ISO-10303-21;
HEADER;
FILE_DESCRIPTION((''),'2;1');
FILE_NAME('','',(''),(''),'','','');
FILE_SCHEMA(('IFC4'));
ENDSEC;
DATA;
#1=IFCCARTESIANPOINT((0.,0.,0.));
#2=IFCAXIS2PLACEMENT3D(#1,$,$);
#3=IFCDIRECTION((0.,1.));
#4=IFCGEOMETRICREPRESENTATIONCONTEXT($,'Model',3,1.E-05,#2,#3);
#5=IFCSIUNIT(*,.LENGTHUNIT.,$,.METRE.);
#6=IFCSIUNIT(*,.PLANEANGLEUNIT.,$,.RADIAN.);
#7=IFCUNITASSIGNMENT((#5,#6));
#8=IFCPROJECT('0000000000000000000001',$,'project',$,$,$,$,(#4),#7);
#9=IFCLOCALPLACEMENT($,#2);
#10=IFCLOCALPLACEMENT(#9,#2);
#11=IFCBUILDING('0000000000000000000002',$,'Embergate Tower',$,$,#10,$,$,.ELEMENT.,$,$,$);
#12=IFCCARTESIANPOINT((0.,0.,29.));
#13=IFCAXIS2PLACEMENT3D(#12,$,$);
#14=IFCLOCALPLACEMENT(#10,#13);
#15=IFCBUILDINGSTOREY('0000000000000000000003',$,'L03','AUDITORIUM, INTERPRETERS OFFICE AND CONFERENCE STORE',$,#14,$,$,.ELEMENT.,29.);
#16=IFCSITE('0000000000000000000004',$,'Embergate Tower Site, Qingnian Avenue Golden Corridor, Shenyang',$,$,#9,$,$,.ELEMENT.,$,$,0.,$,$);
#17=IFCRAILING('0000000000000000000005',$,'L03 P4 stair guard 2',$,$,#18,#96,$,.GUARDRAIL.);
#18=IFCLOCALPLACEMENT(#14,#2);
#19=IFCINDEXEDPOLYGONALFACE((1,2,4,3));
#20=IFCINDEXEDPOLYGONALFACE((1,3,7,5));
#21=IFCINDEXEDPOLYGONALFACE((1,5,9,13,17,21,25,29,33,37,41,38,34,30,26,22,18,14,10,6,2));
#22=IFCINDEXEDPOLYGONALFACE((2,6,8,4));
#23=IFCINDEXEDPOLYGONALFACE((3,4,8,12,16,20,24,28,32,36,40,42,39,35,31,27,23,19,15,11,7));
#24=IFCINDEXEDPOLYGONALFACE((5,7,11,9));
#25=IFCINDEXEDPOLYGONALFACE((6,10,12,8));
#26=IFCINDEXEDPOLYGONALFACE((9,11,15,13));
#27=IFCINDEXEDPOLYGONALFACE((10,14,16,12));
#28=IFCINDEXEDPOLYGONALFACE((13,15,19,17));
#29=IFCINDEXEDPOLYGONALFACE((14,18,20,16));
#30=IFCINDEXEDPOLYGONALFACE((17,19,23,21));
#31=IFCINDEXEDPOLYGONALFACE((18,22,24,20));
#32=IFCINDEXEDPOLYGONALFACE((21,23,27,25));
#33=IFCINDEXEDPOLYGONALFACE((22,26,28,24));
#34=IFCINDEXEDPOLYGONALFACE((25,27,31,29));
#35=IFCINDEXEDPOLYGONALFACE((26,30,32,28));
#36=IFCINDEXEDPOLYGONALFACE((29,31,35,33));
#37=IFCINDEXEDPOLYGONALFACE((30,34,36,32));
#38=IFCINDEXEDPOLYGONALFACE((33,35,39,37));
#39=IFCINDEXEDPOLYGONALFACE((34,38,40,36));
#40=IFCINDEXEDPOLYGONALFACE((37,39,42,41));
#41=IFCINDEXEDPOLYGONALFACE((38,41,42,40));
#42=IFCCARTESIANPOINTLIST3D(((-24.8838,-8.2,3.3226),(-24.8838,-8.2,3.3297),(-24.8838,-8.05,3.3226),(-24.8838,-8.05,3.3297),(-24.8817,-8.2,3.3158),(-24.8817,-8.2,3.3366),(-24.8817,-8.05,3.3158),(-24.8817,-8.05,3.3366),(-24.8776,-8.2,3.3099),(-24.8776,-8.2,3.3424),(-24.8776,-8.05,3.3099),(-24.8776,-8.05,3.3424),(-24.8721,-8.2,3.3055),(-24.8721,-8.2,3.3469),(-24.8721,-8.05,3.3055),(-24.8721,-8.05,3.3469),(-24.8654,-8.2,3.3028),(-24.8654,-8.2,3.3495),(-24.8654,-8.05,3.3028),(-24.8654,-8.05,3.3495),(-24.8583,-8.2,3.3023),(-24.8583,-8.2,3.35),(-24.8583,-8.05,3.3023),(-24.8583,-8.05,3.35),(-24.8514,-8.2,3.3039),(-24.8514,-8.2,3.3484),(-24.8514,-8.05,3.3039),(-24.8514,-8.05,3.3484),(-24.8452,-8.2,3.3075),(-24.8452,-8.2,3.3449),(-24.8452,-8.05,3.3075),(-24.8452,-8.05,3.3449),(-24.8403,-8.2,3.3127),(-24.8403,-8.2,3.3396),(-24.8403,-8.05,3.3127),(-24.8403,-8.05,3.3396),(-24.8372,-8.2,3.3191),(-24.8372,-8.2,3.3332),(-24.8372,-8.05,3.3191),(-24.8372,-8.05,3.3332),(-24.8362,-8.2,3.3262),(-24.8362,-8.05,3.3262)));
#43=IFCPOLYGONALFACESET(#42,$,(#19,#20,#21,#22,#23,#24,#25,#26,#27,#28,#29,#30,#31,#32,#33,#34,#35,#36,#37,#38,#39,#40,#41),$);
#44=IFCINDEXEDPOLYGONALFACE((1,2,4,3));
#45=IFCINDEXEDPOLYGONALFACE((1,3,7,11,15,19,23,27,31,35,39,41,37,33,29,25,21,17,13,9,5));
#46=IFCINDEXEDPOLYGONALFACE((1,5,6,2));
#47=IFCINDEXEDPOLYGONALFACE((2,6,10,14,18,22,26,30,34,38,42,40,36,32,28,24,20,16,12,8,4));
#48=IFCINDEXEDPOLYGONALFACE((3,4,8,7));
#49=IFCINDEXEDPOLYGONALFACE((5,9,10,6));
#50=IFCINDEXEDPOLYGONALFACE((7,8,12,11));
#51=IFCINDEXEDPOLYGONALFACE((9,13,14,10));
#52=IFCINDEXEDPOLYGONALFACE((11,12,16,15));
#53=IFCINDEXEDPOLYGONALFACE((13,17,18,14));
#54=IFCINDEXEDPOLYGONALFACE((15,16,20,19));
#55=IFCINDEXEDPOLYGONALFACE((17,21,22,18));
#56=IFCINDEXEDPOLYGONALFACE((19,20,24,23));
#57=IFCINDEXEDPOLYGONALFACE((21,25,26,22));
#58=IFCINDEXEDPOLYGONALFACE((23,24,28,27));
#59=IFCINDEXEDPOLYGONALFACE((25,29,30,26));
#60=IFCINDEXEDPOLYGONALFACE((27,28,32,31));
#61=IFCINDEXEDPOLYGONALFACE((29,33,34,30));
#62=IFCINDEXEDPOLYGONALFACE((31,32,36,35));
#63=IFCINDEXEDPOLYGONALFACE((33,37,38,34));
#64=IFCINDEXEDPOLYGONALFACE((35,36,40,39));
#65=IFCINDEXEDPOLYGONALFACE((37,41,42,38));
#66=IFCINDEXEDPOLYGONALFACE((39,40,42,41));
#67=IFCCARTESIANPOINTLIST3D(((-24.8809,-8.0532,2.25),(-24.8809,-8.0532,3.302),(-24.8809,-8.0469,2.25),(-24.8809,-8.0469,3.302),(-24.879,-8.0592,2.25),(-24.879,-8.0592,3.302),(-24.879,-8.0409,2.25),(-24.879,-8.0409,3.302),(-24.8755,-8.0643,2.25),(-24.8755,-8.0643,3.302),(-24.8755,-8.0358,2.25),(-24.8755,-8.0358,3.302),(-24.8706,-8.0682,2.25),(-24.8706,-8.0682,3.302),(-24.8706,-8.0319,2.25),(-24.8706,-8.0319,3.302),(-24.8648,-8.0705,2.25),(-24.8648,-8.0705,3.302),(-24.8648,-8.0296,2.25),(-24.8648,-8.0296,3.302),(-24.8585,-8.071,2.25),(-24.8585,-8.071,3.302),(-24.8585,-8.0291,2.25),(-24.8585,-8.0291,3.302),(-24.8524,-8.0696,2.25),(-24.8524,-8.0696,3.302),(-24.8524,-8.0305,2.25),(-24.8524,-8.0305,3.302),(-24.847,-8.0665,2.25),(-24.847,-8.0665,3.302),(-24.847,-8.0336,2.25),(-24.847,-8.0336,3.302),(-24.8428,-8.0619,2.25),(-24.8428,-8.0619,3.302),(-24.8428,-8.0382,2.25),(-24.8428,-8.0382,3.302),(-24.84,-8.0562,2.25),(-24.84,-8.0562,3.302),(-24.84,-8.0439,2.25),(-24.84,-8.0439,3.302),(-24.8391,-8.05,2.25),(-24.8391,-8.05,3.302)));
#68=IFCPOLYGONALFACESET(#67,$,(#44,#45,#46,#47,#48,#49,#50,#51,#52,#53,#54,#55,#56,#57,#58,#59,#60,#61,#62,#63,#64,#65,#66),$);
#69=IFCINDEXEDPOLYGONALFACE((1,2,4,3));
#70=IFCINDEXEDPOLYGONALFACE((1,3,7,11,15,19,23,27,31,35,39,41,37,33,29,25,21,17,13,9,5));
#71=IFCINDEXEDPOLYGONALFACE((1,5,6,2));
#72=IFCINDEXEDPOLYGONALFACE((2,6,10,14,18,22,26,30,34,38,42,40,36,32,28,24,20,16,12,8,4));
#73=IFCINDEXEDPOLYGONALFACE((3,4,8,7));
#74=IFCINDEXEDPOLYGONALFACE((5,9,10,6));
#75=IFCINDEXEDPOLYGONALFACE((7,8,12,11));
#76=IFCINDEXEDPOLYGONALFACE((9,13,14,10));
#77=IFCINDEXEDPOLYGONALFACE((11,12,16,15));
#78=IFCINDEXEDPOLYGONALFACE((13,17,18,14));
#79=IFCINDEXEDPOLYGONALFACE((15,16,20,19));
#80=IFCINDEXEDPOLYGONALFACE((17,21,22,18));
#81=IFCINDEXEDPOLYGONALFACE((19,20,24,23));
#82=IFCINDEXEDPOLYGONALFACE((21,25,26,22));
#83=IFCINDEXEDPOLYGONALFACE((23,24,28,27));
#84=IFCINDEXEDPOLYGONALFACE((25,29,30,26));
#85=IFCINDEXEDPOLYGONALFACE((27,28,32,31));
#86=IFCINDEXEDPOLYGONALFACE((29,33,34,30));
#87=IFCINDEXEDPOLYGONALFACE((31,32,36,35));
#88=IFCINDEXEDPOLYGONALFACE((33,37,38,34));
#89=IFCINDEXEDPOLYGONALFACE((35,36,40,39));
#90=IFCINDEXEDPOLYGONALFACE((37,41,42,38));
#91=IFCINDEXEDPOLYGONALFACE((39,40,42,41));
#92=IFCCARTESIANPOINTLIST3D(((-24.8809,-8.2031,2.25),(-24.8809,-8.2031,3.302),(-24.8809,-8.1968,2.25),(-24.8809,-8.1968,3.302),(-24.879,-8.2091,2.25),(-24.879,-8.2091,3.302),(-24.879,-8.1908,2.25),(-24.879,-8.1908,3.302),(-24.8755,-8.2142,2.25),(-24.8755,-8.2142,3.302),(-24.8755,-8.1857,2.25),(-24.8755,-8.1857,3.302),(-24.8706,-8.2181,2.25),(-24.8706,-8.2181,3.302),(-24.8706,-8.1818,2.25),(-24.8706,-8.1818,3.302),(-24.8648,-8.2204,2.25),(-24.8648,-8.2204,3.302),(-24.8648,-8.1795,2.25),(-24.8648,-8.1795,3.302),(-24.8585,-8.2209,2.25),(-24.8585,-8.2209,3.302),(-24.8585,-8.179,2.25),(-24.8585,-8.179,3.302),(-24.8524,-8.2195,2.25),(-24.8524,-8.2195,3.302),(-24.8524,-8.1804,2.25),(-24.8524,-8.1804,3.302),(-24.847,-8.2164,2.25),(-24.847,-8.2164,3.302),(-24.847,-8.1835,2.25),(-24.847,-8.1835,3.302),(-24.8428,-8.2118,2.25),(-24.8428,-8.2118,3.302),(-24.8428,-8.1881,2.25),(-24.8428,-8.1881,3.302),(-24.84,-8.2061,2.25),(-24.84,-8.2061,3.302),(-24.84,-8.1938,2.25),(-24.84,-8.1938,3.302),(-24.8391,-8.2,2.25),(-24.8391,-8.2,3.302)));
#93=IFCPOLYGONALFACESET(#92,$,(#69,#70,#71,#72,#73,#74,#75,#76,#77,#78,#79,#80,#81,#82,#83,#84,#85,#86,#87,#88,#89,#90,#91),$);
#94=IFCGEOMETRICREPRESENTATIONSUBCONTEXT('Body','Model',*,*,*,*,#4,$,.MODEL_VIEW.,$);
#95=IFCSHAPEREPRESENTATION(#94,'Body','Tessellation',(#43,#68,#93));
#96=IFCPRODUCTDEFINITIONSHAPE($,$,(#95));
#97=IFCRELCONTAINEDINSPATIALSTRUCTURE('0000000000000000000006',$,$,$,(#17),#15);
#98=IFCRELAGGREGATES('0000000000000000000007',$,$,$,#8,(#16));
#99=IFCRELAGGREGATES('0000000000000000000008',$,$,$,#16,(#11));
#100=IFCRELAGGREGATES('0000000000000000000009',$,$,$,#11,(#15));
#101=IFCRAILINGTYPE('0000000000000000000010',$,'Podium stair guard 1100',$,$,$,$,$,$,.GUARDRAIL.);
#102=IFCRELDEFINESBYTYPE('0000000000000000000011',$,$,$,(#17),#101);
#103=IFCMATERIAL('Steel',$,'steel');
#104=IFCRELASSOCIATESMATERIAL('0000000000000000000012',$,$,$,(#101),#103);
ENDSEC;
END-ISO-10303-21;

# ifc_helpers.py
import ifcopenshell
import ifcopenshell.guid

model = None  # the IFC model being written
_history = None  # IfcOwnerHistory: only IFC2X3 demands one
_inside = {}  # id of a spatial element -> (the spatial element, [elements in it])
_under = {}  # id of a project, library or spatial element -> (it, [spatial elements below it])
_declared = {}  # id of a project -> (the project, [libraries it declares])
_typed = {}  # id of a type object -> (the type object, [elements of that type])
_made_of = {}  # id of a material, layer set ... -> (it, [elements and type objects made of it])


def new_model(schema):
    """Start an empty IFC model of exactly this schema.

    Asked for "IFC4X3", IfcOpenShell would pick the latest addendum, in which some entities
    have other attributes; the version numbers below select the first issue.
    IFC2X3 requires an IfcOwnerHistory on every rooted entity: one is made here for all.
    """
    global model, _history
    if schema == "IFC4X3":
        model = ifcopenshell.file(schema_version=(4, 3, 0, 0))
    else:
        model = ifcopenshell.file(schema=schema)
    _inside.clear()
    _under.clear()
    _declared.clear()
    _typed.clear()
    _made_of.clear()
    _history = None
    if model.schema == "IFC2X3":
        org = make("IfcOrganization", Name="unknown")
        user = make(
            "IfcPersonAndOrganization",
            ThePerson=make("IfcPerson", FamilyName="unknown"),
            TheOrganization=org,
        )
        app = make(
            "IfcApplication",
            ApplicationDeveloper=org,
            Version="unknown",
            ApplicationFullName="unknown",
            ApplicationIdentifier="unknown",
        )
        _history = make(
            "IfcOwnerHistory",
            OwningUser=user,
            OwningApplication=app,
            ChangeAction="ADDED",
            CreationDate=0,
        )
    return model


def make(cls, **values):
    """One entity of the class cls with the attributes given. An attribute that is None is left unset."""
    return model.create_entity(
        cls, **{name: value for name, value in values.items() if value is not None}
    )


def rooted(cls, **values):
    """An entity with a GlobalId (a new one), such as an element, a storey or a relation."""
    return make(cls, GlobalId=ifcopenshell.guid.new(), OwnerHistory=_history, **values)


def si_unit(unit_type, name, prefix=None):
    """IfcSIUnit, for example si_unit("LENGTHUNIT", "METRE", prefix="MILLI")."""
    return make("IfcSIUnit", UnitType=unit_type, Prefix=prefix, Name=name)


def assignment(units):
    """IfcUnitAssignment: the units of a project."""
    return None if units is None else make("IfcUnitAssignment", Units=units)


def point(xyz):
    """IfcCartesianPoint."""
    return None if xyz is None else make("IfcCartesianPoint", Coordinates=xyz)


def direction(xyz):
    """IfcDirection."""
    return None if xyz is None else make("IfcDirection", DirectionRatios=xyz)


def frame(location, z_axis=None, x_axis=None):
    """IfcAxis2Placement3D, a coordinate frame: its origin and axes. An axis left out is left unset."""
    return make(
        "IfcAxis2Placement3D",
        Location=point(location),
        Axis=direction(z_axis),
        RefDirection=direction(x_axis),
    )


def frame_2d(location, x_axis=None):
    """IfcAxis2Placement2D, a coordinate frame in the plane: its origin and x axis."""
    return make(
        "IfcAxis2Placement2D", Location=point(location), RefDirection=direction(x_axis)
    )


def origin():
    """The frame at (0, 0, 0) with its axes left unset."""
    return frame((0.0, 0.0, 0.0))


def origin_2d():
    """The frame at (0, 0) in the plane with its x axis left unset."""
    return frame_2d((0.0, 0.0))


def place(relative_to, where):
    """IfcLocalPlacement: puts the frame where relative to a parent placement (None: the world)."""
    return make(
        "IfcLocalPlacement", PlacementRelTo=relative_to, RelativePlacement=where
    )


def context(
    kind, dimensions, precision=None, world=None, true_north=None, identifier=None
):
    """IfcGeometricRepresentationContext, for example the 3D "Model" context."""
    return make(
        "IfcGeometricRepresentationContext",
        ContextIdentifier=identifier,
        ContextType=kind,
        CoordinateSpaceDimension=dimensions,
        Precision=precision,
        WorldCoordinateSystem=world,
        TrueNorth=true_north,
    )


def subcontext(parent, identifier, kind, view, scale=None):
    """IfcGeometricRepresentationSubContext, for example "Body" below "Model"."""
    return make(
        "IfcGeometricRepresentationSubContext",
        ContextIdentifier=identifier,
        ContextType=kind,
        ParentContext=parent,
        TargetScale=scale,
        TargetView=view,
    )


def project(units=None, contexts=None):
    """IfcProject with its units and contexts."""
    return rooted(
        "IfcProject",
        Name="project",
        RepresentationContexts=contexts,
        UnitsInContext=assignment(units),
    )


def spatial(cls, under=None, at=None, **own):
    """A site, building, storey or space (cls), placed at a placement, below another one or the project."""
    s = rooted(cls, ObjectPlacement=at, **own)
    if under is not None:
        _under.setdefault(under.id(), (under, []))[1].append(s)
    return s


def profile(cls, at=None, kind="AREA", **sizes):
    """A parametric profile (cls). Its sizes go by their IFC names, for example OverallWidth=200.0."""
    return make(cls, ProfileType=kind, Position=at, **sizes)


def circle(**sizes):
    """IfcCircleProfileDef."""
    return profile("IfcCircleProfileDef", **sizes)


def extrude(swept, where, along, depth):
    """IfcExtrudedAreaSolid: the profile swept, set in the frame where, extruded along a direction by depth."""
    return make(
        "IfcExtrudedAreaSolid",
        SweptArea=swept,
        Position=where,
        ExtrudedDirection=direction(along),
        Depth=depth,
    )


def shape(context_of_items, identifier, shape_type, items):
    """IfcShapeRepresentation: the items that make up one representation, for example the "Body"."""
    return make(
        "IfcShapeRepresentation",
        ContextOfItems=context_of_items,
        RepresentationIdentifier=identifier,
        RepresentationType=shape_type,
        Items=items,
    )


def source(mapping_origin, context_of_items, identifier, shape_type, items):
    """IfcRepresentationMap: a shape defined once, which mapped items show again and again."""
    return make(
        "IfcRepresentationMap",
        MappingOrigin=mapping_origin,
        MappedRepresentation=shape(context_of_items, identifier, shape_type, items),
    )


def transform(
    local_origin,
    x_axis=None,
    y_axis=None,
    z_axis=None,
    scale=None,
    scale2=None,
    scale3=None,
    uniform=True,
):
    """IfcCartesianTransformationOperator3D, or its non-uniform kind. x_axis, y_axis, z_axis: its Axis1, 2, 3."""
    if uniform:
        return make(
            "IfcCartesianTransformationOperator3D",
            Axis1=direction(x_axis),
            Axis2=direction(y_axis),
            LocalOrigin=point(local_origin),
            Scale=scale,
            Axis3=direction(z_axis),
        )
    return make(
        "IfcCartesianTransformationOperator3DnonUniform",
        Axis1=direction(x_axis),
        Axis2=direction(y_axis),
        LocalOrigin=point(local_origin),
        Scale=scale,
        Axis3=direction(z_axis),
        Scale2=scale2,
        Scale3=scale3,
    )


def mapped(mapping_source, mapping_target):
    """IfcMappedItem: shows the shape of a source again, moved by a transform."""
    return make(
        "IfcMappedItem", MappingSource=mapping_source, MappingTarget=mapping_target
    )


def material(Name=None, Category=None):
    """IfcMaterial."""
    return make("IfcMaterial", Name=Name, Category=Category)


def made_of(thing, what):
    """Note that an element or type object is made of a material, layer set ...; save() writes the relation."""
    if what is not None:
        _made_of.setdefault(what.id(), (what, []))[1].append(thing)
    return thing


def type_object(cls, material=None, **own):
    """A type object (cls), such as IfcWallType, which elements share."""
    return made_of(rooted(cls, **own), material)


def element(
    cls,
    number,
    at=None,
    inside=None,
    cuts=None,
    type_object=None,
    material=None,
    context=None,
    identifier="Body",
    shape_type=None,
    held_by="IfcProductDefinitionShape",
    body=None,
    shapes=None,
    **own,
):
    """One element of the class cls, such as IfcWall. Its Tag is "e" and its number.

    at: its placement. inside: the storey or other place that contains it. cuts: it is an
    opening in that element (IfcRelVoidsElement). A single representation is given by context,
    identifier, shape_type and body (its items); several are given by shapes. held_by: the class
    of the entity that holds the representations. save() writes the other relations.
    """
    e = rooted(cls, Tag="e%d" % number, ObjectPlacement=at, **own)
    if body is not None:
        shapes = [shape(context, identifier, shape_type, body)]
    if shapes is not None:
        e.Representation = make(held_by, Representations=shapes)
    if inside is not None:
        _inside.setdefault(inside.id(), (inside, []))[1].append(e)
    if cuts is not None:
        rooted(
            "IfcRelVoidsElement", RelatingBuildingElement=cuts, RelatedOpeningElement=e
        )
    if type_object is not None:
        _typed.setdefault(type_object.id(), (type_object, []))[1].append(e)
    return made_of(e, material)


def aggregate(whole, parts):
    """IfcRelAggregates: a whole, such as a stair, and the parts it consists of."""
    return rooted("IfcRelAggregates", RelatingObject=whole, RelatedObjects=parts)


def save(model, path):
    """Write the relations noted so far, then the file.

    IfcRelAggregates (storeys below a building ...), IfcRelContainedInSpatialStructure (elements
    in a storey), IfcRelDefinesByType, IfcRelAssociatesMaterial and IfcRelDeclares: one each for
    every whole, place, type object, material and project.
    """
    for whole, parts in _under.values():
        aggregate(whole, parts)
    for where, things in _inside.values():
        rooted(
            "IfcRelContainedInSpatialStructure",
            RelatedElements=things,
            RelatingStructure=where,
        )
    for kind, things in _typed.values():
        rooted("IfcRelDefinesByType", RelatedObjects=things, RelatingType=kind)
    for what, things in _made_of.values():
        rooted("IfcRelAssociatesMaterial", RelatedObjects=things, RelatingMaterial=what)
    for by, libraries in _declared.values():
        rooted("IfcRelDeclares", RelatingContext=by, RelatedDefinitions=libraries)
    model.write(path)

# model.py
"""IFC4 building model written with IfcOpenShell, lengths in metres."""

from ifc_helpers import new_model, si_unit, direction, frame, origin, origin_2d, place, context, subcontext, project, spatial, circle, extrude, source, transform, mapped, material, type_object, element, save


model = new_model("IFC4")

# Units and contexts
model_context = context("Model", 3, precision=1e-05, world=origin(), true_north=direction((0.0, 1.0)))
body_context = subcontext(model_context, "Body", "Model", "MODEL_VIEW")
ifc_project = project(units=[si_unit("LENGTHUNIT", "METRE"), si_unit("PLANEANGLEUNIT", "RADIAN")], contexts=[model_context])

# Site, building, storey
site_placement = place(None, origin())
site = spatial("IfcSite", under=ifc_project, at=site_placement, Name="Embergate Tower Site, Qingnian Avenue Golden Corridor, Shenyang", CompositionType="ELEMENT", RefElevation=0.0)
building_placement = place(site_placement, origin())
building = spatial("IfcBuilding", under=site, at=building_placement, Name="Embergate Tower", CompositionType="ELEMENT")
storey_placement = place(building_placement, frame((0.0, 0.0, 29.0)))
storey = spatial("IfcBuildingStorey", under=building, at=storey_placement, Name="L03", Description="AUDITORIUM, INTERPRETERS OFFICE AND CONFERENCE STORE", CompositionType="ELEMENT", Elevation=29.0)

# Railing
ifc_material_1 = material(Name="Steel", Category="steel")
railing_type_1 = type_object("IfcRailingType", Name="Podium stair guard 1100", PredefinedType="GUARDRAIL", material=ifc_material_1)
shared_shape_1 = source(origin(), body_context, "Body", "SweptSolid", [
    extrude(circle(Radius=0.0239, at=origin_2d()), frame((0.0, 0.0, 1.0762), z_axis=(0.0, -1.0, 0.0), x_axis=(1.0, 0.0, 0.0)), (0.0, 0.0, 1.0), 0.1499),
    extrude(circle(Radius=0.021, at=origin_2d()), origin(), (0.0, 0.0, 1.0), 1.052),
    extrude(circle(Radius=0.021, at=origin_2d()), frame((0.0, -0.1499, 0.0)), (0.0, 0.0, 1.0), 1.052),
])
railing_1_placement = place(storey_placement, frame((-24.8601, -8.05, 2.25)))
element("IfcRailing", 1, at=railing_1_placement, inside=storey, type_object=railing_type_1, Name="L03 P4 stair guard 2", PredefinedType="GUARDRAIL", context=body_context, shape_type="MappedRepresentation", body=[
    mapped(shared_shape_1, transform((0.0, 0.0, 0.0))),
])

save(model, "model.ifc")
